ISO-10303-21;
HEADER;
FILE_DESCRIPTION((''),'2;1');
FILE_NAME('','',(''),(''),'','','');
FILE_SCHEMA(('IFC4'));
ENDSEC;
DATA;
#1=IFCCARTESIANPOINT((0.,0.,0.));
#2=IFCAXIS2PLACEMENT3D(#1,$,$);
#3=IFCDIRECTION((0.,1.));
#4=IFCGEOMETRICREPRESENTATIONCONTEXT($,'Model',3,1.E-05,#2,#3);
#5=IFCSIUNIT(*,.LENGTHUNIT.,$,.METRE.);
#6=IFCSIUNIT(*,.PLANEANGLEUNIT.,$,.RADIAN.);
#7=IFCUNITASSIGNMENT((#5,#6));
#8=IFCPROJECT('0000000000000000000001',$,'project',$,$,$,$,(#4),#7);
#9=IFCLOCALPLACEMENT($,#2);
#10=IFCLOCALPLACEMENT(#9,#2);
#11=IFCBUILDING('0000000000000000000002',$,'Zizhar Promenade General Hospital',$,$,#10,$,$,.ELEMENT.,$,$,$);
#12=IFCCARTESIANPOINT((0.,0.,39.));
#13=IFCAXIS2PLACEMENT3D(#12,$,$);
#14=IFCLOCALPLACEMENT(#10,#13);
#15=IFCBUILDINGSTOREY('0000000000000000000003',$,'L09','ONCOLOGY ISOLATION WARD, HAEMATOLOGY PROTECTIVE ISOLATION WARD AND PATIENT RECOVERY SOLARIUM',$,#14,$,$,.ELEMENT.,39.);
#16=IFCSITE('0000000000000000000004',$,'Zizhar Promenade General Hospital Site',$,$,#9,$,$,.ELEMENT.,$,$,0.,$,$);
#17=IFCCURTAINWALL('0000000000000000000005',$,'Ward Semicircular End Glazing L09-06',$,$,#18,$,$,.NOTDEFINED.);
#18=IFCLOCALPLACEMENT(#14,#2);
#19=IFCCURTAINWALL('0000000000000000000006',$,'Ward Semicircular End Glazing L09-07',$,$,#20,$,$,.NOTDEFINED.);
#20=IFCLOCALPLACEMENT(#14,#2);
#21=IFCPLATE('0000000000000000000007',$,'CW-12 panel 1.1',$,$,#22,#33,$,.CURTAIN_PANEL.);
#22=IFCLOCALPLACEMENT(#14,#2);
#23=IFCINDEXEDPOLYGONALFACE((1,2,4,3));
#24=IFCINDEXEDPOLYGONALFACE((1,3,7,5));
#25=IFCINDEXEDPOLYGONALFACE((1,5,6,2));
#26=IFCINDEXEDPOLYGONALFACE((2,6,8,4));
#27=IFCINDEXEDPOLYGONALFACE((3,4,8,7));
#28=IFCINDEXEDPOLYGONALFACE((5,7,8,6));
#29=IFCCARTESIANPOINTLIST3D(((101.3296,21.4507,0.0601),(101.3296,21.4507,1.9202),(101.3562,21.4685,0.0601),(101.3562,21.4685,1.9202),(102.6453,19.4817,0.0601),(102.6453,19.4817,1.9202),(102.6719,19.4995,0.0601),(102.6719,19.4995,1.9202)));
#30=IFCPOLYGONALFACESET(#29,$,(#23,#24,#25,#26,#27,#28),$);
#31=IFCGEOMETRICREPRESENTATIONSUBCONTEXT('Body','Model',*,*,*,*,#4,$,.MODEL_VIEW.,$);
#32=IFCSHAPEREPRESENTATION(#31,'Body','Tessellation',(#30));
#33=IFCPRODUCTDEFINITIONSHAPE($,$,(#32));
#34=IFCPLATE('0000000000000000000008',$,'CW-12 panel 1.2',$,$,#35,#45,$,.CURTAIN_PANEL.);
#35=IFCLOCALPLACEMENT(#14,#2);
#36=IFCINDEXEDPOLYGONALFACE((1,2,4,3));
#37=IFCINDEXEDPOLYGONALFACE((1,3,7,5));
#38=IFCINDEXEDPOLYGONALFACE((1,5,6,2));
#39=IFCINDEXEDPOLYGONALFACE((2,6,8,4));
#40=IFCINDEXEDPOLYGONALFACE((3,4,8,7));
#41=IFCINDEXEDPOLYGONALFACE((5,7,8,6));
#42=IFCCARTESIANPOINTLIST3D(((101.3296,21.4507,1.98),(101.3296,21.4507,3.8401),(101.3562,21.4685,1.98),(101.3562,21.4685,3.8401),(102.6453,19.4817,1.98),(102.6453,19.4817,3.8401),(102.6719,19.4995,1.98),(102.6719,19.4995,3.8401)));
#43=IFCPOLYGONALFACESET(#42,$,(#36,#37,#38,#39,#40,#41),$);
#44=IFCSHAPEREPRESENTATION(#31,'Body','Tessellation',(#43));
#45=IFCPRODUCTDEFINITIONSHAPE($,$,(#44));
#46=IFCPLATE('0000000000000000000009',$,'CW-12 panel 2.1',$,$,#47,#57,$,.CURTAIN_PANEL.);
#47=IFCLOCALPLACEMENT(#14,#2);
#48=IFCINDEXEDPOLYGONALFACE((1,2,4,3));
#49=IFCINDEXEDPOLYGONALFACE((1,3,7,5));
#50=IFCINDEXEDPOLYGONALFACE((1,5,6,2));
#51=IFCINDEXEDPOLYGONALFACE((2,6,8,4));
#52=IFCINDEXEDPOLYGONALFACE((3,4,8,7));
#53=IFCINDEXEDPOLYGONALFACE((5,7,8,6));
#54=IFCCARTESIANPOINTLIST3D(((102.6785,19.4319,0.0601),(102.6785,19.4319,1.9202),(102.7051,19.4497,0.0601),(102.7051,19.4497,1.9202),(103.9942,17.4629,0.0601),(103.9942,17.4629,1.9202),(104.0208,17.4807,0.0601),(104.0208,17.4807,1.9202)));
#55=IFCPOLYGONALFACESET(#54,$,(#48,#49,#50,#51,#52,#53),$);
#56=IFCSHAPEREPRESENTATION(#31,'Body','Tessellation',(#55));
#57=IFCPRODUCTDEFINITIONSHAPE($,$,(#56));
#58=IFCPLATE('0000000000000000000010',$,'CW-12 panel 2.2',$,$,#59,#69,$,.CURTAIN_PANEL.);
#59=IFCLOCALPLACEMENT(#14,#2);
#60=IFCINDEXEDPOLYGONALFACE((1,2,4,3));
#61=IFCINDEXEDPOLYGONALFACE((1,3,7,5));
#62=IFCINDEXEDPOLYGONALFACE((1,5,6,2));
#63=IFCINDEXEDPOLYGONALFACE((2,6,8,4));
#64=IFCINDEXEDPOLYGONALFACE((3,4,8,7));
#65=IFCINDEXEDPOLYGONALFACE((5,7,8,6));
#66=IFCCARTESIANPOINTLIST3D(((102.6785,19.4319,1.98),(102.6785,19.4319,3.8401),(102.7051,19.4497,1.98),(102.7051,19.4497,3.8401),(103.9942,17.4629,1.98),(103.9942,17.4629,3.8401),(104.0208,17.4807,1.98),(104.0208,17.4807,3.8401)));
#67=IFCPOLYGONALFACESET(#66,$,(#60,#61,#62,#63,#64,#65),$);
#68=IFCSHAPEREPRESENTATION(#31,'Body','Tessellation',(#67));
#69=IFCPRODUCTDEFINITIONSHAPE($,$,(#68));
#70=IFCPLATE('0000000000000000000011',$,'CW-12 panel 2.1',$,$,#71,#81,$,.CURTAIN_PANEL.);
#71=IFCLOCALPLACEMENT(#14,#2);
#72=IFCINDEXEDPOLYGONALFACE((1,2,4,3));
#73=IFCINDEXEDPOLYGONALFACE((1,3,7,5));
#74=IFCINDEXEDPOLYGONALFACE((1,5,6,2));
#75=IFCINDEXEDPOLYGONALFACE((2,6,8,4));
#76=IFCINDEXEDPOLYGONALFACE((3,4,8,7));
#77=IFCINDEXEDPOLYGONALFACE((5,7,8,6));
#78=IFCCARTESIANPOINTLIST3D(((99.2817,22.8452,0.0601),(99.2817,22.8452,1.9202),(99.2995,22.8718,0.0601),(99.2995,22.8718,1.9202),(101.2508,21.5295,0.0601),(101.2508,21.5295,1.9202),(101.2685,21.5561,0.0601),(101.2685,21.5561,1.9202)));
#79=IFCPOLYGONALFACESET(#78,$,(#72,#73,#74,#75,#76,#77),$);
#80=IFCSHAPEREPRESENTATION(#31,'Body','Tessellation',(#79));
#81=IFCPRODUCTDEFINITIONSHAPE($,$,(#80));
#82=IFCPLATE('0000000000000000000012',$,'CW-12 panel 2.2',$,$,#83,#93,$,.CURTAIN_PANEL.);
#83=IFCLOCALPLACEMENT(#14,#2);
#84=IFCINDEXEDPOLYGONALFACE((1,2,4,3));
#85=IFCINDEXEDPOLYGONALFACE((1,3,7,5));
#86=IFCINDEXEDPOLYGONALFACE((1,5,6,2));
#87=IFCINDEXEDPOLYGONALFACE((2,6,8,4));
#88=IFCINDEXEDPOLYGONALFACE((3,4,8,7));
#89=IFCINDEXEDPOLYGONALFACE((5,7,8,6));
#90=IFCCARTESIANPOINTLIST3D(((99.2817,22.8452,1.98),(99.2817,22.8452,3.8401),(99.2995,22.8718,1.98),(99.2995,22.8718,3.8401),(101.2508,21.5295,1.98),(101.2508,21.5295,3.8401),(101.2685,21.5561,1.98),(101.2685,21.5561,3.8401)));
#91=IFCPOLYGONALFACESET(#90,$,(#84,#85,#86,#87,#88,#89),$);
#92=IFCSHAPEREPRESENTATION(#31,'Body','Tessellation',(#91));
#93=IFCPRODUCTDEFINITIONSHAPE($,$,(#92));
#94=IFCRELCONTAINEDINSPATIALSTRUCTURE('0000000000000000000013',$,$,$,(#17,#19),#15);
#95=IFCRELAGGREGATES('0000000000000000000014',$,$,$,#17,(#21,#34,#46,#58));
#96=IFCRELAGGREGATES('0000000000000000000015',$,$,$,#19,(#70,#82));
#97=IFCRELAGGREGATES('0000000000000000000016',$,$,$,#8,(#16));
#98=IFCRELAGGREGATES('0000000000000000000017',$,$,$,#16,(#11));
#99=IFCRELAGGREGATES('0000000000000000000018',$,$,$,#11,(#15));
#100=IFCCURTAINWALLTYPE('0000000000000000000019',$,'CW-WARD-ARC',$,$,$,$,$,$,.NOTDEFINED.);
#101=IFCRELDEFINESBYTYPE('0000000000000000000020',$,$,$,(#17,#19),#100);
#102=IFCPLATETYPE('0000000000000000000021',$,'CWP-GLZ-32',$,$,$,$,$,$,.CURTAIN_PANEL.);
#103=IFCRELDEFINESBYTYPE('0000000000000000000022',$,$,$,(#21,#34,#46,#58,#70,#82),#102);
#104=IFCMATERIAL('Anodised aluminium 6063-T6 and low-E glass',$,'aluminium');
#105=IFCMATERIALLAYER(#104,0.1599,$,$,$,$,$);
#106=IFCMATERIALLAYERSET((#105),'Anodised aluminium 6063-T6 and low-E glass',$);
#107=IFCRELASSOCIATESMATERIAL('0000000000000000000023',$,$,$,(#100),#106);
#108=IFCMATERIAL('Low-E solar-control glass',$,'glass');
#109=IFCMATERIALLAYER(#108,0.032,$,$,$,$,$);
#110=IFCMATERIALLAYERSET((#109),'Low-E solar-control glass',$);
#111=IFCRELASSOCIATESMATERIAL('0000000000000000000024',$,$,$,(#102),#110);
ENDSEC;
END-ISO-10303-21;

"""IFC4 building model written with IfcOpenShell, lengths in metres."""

from ifc_helpers import new_model, si_unit, direction, frame, origin, origin_2d, place, context, subcontext, project, spatial, rectangle, extrude, material, layer, layer_set, type_object, element, aggregate, save


model = new_model("IFC4")

# Units and contexts
model_context = context("Model", 3, precision=1e-05, world=origin(), true_north=direction((0.0, 1.0)))
body_context = subcontext(model_context, "Body", "Model", "MODEL_VIEW")
ifc_project = project(units=[si_unit("LENGTHUNIT", "METRE"), si_unit("PLANEANGLEUNIT", "RADIAN")], contexts=[model_context])

# Site, building, storey
site_placement = place(None, origin())
site = spatial("IfcSite", under=ifc_project, at=site_placement, Name="Zizhar Promenade General Hospital Site", CompositionType="ELEMENT", RefElevation=0.0)
building_placement = place(site_placement, origin())
building = spatial("IfcBuilding", under=site, at=building_placement, Name="Zizhar Promenade General Hospital", CompositionType="ELEMENT")
storey_placement = place(building_placement, frame((0.0, 0.0, 39.0)))
storey = spatial("IfcBuildingStorey", under=building, at=storey_placement, Name="L09", Description="ONCOLOGY ISOLATION WARD, HAEMATOLOGY PROTECTIVE ISOLATION WARD AND PATIENT RECOVERY SOLARIUM", CompositionType="ELEMENT", Elevation=39.0)

# Curtain wall
ifc_material_1 = material(Name="Anodised aluminium 6063-T6 and low-E glass", Category="aluminium")
ifc_layer_1 = layer(ifc_material_1, 0.1599)
ifc_layer_set_1 = layer_set([ifc_layer_1], Name="Anodised aluminium 6063-T6 and low-E glass")
curtain_wall_type = type_object("IfcCurtainWallType", Name="CW-WARD-ARC", PredefinedType="NOTDEFINED", material=ifc_layer_set_1)
curtain_wall_1_placement = place(storey_placement, origin())
curtain_wall_1 = element("IfcCurtainWall", 1, at=curtain_wall_1_placement, inside=storey, type_object=curtain_wall_type, Name="Ward Semicircular End Glazing L09-06", PredefinedType="NOTDEFINED")

# Curtain wall
curtain_wall_2_placement = place(storey_placement, origin())
curtain_wall_2 = element("IfcCurtainWall", 2, at=curtain_wall_2_placement, inside=storey, type_object=curtain_wall_type, Name="Ward Semicircular End Glazing L09-07", PredefinedType="NOTDEFINED")

# Plates
ifc_material_2 = material(Name="Low-E solar-control glass", Category="glass")
ifc_layer_2 = layer(ifc_material_2, 0.032)
ifc_layer_set_2 = layer_set([ifc_layer_2], Name="Low-E solar-control glass")
plate_type = type_object("IfcPlateType", Name="CWP-GLZ-32", PredefinedType="CURTAIN_PANEL", material=ifc_layer_set_2)
plate_1_placement = place(storey_placement, frame((102.0007, 20.4751, 0.0601), z_axis=(0.0, 0.0, 1.0), x_axis=(0.555582, -0.831462, 0.0)))
plate_1 = element("IfcPlate", 3, at=plate_1_placement, type_object=plate_type, Name="CW-12 panel 1.1", PredefinedType="CURTAIN_PANEL", context=body_context, shape_type="SweptSolid", body=[
    extrude(rectangle(XDim=2.3682, YDim=0.032, at=origin_2d()), origin(), (0.0, 0.0, 1.0), 1.8601),
])
plate_2_placement = place(storey_placement, frame((102.0007, 20.4751, 1.98), z_axis=(0.0, 0.0, 1.0), x_axis=(0.555582, -0.831462, 0.0)))
plate_2 = element("IfcPlate", 4, at=plate_2_placement, type_object=plate_type, Name="CW-12 panel 1.2", PredefinedType="CURTAIN_PANEL", context=body_context, shape_type="SweptSolid", body=[
    extrude(rectangle(XDim=2.3682, YDim=0.032, at=origin_2d()), origin(), (0.0, 0.0, 1.0), 1.8601),
])
plate_3_placement = place(storey_placement, frame((103.3496, 18.4563, 0.0601), z_axis=(0.0, 0.0, 1.0), x_axis=(0.555582, -0.831462, 0.0)))
plate_3 = element("IfcPlate", 5, at=plate_3_placement, type_object=plate_type, Name="CW-12 panel 2.1", PredefinedType="CURTAIN_PANEL", context=body_context, shape_type="SweptSolid", body=[
    extrude(rectangle(XDim=2.3682, YDim=0.032, at=origin_2d()), origin(), (0.0, 0.0, 1.0), 1.8601),
])
plate_4_placement = place(storey_placement, frame((103.3496, 18.4563, 1.98), z_axis=(0.0, 0.0, 1.0), x_axis=(0.555582, -0.831462, 0.0)))
plate_4 = element("IfcPlate", 6, at=plate_4_placement, type_object=plate_type, Name="CW-12 panel 2.2", PredefinedType="CURTAIN_PANEL", context=body_context, shape_type="SweptSolid", body=[
    extrude(rectangle(XDim=2.3682, YDim=0.032, at=origin_2d()), origin(), (0.0, 0.0, 1.0), 1.8601),
])
aggregate(curtain_wall_1, [plate_1, plate_2, plate_3, plate_4])
plate_5_placement = place(storey_placement, frame((100.2751, 22.2007, 0.0601), z_axis=(0.0, 0.0, 1.0), x_axis=(0.831462, -0.555582, 0.0)))
plate_5 = element("IfcPlate", 7, at=plate_5_placement, type_object=plate_type, Name="CW-12 panel 2.1", PredefinedType="CURTAIN_PANEL", context=body_context, shape_type="SweptSolid", body=[
    extrude(rectangle(XDim=2.3682, YDim=0.032, at=origin_2d()), origin(), (0.0, 0.0, 1.0), 1.8601),
])
plate_6_placement = place(storey_placement, frame((100.2751, 22.2007, 1.98), z_axis=(0.0, 0.0, 1.0), x_axis=(0.831462, -0.555582, 0.0)))
plate_6 = element("IfcPlate", 8, at=plate_6_placement, type_object=plate_type, Name="CW-12 panel 2.2", PredefinedType="CURTAIN_PANEL", context=body_context, shape_type="SweptSolid", body=[
    extrude(rectangle(XDim=2.3682, YDim=0.032, at=origin_2d()), origin(), (0.0, 0.0, 1.0), 1.8601),
])
aggregate(curtain_wall_2, [plate_5, plate_6])

save(model, "model.ifc")
